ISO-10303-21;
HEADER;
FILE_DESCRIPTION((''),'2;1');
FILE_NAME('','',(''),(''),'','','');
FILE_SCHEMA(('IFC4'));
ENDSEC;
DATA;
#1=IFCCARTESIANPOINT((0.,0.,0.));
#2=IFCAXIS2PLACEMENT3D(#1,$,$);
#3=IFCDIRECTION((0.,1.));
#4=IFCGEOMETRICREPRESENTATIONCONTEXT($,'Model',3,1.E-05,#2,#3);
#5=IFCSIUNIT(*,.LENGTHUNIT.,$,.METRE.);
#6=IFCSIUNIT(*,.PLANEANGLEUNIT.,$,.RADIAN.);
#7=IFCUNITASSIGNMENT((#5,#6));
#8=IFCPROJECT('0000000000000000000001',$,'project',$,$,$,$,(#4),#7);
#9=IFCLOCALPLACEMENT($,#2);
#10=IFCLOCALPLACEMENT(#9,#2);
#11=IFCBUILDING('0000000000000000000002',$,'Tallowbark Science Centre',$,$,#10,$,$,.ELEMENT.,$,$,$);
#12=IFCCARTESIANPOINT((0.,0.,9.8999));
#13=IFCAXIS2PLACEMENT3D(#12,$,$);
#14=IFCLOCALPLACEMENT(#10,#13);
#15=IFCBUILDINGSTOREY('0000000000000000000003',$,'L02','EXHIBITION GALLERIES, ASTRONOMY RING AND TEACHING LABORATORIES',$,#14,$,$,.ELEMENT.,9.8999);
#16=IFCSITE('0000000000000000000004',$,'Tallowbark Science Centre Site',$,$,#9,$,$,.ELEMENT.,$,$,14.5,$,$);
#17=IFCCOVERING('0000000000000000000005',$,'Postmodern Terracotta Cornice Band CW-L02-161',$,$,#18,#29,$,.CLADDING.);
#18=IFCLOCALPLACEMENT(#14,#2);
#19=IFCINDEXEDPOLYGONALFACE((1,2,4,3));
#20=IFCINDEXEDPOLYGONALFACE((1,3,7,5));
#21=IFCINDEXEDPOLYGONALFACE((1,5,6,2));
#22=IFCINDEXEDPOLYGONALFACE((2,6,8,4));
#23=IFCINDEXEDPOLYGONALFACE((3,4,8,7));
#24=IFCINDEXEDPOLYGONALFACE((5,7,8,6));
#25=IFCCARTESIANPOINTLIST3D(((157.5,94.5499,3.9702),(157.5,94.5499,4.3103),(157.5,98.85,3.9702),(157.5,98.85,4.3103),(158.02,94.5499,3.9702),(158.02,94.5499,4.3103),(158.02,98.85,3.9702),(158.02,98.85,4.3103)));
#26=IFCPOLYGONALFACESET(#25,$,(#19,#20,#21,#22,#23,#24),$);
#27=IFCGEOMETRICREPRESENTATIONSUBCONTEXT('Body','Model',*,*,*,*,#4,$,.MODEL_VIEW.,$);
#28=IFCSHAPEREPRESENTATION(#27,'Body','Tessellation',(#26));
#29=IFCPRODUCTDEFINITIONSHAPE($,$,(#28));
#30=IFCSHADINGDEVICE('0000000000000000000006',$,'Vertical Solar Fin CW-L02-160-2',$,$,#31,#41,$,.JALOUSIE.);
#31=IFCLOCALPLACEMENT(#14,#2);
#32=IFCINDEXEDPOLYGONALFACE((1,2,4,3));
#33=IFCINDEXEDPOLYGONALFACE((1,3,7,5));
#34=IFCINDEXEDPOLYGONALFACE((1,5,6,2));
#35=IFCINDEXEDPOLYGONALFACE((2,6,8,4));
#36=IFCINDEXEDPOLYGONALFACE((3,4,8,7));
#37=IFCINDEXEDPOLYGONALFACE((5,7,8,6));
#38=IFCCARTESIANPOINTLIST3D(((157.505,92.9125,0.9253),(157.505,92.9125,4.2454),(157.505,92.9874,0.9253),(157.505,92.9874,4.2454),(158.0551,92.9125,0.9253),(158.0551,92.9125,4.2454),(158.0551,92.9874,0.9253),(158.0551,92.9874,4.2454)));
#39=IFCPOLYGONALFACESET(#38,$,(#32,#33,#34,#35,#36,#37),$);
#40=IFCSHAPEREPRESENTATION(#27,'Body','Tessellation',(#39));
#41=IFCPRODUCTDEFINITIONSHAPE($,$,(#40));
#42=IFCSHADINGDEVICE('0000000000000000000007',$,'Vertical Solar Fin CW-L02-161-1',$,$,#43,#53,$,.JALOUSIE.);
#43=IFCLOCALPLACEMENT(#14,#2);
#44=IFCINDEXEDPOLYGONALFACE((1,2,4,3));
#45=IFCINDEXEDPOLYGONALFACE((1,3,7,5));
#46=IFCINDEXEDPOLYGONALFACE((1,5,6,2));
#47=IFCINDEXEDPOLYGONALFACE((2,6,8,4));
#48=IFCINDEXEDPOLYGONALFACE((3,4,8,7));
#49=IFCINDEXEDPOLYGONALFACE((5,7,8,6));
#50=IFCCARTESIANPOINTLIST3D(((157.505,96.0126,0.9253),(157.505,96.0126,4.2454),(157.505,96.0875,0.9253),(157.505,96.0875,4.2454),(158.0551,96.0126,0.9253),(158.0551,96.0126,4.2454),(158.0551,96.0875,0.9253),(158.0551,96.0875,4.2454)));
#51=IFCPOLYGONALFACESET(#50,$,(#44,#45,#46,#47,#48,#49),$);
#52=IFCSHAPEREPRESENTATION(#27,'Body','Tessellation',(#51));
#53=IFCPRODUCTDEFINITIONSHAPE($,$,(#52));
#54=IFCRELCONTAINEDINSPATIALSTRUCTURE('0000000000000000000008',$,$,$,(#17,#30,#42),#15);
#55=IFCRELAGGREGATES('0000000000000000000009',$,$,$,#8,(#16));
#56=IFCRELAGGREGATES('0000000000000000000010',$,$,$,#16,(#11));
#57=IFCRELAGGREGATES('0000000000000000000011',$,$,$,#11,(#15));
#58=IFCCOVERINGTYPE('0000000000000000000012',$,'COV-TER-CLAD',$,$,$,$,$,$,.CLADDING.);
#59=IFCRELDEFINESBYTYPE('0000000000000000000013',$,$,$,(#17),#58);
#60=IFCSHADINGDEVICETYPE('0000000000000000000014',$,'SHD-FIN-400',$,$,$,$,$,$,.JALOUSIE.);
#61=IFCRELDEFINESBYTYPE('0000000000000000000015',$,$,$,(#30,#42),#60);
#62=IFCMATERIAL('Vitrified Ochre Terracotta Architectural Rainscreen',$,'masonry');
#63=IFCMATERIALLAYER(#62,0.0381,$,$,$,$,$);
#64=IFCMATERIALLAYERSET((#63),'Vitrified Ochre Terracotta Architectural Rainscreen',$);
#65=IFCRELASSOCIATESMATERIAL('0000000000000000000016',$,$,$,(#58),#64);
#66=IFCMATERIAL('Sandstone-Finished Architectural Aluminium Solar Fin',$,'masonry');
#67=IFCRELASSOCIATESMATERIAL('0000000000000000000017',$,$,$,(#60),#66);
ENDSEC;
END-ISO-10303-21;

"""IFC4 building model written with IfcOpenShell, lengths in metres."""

from ifc_helpers import new_model, si_unit, direction, frame, origin, origin_2d, place, context, subcontext, project, spatial, rectangle, extrude, material, layer, layer_set, type_object, element, save


model = new_model("IFC4")

# Units and contexts
model_context = context("Model", 3, precision=1e-05, world=origin(), true_north=direction((0.0, 1.0)))
body_context = subcontext(model_context, "Body", "Model", "MODEL_VIEW")
ifc_project = project(units=[si_unit("LENGTHUNIT", "METRE"), si_unit("PLANEANGLEUNIT", "RADIAN")], contexts=[model_context])

# Site, building, storey
site_placement = place(None, origin())
site = spatial("IfcSite", under=ifc_project, at=site_placement, Name="Tallowbark Science Centre Site", CompositionType="ELEMENT", RefElevation=14.5)
building_placement = place(site_placement, origin())
building = spatial("IfcBuilding", under=site, at=building_placement, Name="Tallowbark Science Centre", CompositionType="ELEMENT")
storey_placement = place(building_placement, frame((0.0, 0.0, 9.8999)))
storey = spatial("IfcBuildingStorey", under=building, at=storey_placement, Name="L02", Description="EXHIBITION GALLERIES, ASTRONOMY RING AND TEACHING LABORATORIES", CompositionType="ELEMENT", Elevation=9.8999)

# Covering
ifc_material_1 = material(Name="Vitrified Ochre Terracotta Architectural Rainscreen", Category="masonry")
ifc_layer_1 = layer(ifc_material_1, 0.0381)
ifc_layer_set_1 = layer_set([ifc_layer_1], Name="Vitrified Ochre Terracotta Architectural Rainscreen")
covering_type_1 = type_object("IfcCoveringType", Name="COV-TER-CLAD", PredefinedType="CLADDING", material=ifc_layer_set_1)
covering_placement = place(storey_placement, frame((157.76, 96.7, 3.9702), z_axis=(0.0, 0.0, 1.0), x_axis=(0.0, 1.0, 0.0)))
element("IfcCovering", 1, at=covering_placement, inside=storey, type_object=covering_type_1, Name="Postmodern Terracotta Cornice Band CW-L02-161", PredefinedType="CLADDING", context=body_context, shape_type="SweptSolid", body=[
    extrude(rectangle(XDim=4.3, YDim=0.52, at=origin_2d()), origin(), (0.0, 0.0, 1.0), 0.3401),
])

# Shading devices
ifc_material_2 = material(Name="Sandstone-Finished Architectural Aluminium Solar Fin", Category="masonry")
shading_device_type = type_object("IfcShadingDeviceType", Name="SHD-FIN-400", PredefinedType="JALOUSIE", material=ifc_material_2)
for number, where, z_axis, x_axis, name in (
    (2, (157.78, 92.95, 0.9253), (0.0, 0.0, 1.0), (0.0, 1.0, 0.0), "Vertical Solar Fin CW-L02-160-2"),
    (3, (157.78, 96.05, 0.9253), (0.0, 0.0, 1.0), (0.0, 1.0, 0.0), "Vertical Solar Fin CW-L02-161-1"),
):
    element("IfcShadingDevice", number, at=place(storey_placement, frame(where, z_axis=z_axis, x_axis=x_axis)), inside=storey, type_object=shading_device_type, Name=name, PredefinedType="JALOUSIE", context=body_context, shape_type="SweptSolid", body=[
        extrude(rectangle(XDim=0.075, YDim=0.55, at=origin_2d()), origin(), (0.0, 0.0, 1.0), 3.3201),
    ])

save(model, "model.ifc")
